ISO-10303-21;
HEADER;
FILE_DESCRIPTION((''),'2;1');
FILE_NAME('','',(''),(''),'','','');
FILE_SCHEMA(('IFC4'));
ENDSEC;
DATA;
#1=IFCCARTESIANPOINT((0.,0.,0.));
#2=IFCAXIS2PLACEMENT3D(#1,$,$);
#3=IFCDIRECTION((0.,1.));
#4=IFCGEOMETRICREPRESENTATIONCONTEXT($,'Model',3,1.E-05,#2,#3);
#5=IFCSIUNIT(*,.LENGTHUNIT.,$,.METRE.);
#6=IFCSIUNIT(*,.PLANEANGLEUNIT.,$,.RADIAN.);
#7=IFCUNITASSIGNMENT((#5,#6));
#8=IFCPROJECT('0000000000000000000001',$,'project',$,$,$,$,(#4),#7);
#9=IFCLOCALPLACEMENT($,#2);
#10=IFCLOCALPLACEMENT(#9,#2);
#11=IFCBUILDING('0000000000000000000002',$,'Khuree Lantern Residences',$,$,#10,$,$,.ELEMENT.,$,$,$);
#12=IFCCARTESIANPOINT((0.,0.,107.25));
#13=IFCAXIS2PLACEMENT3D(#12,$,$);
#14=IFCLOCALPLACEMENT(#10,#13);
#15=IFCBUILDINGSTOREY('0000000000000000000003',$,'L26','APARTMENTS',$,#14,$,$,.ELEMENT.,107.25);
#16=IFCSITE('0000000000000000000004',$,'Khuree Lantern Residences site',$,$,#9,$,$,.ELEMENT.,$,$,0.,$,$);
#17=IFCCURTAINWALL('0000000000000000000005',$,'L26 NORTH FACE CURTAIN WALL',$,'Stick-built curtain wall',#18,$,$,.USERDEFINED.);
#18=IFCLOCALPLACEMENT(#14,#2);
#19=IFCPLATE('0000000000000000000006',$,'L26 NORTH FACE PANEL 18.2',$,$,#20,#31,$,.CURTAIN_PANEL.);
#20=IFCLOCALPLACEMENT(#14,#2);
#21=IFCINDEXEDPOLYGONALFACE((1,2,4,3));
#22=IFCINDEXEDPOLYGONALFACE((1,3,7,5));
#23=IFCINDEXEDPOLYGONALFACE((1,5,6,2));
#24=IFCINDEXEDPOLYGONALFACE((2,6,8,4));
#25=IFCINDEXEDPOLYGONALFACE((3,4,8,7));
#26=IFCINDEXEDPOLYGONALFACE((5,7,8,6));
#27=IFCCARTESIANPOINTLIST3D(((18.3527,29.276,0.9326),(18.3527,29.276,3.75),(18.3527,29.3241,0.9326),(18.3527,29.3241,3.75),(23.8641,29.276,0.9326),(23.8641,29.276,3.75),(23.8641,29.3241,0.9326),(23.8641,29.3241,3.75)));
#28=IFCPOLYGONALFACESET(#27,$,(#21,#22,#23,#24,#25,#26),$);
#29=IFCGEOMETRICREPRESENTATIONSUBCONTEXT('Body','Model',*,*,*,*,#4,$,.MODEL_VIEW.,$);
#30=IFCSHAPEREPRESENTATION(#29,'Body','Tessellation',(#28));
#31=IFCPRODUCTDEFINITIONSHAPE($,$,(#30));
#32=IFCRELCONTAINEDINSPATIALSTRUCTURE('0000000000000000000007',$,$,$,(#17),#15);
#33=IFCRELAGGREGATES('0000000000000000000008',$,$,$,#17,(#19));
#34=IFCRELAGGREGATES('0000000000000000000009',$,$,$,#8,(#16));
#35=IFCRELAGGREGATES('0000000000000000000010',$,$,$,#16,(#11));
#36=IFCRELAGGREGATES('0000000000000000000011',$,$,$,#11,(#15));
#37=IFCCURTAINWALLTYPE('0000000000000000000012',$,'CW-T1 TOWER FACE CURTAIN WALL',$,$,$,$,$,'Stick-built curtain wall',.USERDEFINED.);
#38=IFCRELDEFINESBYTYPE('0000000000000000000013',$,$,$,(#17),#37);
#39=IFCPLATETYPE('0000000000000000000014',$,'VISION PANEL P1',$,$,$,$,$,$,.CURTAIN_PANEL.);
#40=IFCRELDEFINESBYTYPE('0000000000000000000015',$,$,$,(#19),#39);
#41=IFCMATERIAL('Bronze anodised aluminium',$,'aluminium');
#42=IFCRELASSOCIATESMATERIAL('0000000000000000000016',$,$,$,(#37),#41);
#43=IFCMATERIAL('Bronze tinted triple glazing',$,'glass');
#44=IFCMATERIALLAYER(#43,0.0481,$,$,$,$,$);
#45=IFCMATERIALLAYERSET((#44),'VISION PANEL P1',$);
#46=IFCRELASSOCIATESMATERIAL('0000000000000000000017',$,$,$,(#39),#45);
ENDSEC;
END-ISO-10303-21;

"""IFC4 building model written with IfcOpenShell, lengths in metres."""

from ifc_helpers import new_model, si_unit, direction, frame, origin, origin_2d, place, context, subcontext, project, spatial, rectangle, extrude, material, layer, layer_set, type_object, element, aggregate, save


model = new_model("IFC4")

# Units and contexts
model_context = context("Model", 3, precision=1e-05, world=origin(), true_north=direction((0.0, 1.0)))
body_context = subcontext(model_context, "Body", "Model", "MODEL_VIEW")
ifc_project = project(units=[si_unit("LENGTHUNIT", "METRE"), si_unit("PLANEANGLEUNIT", "RADIAN")], contexts=[model_context])

# Site, building, storey
site_placement = place(None, origin())
site = spatial("IfcSite", under=ifc_project, at=site_placement, Name="Khuree Lantern Residences site", CompositionType="ELEMENT", RefElevation=0.0)
building_placement = place(site_placement, origin())
building = spatial("IfcBuilding", under=site, at=building_placement, Name="Khuree Lantern Residences", CompositionType="ELEMENT")
storey_placement = place(building_placement, frame((0.0, 0.0, 107.25)))
storey = spatial("IfcBuildingStorey", under=building, at=storey_placement, Name="L26", Description="APARTMENTS", CompositionType="ELEMENT", Elevation=107.25)

# Shared definitions
ifc_material_1 = material(Name="Bronze anodised aluminium", Category="aluminium")

# Curtain wall
curtain_wall_type_1 = type_object("IfcCurtainWallType", Name="CW-T1 TOWER FACE CURTAIN WALL", ElementType="Stick-built curtain wall", PredefinedType="USERDEFINED", material=ifc_material_1)
curtain_wall_1_placement = place(storey_placement, origin())
curtain_wall_1 = element("IfcCurtainWall", 1, at=curtain_wall_1_placement, inside=storey, type_object=curtain_wall_type_1, Name="L26 NORTH FACE CURTAIN WALL", ObjectType="Stick-built curtain wall", PredefinedType="USERDEFINED")

# Shared definitions
ifc_material_2 = material(Name="Bronze tinted triple glazing", Category="glass")

# Plate
ifc_layer_1 = layer(ifc_material_2, 0.0481)
ifc_layer_set_1 = layer_set([ifc_layer_1], Name="VISION PANEL P1")
plate_type_1 = type_object("IfcPlateType", Name="VISION PANEL P1", PredefinedType="CURTAIN_PANEL", material=ifc_layer_set_1)
plate_1_placement = place(storey_placement, frame((21.1084, 29.3, 0.9326), z_axis=(0.0, 0.0, 1.0), x_axis=(-1.0, 0.0, 0.0)))
plate_1 = element("IfcPlate", 2, at=plate_1_placement, type_object=plate_type_1, Name="L26 NORTH FACE PANEL 18.2", PredefinedType="CURTAIN_PANEL", context=body_context, shape_type="SweptSolid", body=[
    extrude(rectangle(XDim=5.5115, YDim=0.0481, at=origin_2d()), origin(), (0.0, 0.0, 1.0), 2.8174),
])
aggregate(curtain_wall_1, [plate_1])

save(model, "model.ifc")
